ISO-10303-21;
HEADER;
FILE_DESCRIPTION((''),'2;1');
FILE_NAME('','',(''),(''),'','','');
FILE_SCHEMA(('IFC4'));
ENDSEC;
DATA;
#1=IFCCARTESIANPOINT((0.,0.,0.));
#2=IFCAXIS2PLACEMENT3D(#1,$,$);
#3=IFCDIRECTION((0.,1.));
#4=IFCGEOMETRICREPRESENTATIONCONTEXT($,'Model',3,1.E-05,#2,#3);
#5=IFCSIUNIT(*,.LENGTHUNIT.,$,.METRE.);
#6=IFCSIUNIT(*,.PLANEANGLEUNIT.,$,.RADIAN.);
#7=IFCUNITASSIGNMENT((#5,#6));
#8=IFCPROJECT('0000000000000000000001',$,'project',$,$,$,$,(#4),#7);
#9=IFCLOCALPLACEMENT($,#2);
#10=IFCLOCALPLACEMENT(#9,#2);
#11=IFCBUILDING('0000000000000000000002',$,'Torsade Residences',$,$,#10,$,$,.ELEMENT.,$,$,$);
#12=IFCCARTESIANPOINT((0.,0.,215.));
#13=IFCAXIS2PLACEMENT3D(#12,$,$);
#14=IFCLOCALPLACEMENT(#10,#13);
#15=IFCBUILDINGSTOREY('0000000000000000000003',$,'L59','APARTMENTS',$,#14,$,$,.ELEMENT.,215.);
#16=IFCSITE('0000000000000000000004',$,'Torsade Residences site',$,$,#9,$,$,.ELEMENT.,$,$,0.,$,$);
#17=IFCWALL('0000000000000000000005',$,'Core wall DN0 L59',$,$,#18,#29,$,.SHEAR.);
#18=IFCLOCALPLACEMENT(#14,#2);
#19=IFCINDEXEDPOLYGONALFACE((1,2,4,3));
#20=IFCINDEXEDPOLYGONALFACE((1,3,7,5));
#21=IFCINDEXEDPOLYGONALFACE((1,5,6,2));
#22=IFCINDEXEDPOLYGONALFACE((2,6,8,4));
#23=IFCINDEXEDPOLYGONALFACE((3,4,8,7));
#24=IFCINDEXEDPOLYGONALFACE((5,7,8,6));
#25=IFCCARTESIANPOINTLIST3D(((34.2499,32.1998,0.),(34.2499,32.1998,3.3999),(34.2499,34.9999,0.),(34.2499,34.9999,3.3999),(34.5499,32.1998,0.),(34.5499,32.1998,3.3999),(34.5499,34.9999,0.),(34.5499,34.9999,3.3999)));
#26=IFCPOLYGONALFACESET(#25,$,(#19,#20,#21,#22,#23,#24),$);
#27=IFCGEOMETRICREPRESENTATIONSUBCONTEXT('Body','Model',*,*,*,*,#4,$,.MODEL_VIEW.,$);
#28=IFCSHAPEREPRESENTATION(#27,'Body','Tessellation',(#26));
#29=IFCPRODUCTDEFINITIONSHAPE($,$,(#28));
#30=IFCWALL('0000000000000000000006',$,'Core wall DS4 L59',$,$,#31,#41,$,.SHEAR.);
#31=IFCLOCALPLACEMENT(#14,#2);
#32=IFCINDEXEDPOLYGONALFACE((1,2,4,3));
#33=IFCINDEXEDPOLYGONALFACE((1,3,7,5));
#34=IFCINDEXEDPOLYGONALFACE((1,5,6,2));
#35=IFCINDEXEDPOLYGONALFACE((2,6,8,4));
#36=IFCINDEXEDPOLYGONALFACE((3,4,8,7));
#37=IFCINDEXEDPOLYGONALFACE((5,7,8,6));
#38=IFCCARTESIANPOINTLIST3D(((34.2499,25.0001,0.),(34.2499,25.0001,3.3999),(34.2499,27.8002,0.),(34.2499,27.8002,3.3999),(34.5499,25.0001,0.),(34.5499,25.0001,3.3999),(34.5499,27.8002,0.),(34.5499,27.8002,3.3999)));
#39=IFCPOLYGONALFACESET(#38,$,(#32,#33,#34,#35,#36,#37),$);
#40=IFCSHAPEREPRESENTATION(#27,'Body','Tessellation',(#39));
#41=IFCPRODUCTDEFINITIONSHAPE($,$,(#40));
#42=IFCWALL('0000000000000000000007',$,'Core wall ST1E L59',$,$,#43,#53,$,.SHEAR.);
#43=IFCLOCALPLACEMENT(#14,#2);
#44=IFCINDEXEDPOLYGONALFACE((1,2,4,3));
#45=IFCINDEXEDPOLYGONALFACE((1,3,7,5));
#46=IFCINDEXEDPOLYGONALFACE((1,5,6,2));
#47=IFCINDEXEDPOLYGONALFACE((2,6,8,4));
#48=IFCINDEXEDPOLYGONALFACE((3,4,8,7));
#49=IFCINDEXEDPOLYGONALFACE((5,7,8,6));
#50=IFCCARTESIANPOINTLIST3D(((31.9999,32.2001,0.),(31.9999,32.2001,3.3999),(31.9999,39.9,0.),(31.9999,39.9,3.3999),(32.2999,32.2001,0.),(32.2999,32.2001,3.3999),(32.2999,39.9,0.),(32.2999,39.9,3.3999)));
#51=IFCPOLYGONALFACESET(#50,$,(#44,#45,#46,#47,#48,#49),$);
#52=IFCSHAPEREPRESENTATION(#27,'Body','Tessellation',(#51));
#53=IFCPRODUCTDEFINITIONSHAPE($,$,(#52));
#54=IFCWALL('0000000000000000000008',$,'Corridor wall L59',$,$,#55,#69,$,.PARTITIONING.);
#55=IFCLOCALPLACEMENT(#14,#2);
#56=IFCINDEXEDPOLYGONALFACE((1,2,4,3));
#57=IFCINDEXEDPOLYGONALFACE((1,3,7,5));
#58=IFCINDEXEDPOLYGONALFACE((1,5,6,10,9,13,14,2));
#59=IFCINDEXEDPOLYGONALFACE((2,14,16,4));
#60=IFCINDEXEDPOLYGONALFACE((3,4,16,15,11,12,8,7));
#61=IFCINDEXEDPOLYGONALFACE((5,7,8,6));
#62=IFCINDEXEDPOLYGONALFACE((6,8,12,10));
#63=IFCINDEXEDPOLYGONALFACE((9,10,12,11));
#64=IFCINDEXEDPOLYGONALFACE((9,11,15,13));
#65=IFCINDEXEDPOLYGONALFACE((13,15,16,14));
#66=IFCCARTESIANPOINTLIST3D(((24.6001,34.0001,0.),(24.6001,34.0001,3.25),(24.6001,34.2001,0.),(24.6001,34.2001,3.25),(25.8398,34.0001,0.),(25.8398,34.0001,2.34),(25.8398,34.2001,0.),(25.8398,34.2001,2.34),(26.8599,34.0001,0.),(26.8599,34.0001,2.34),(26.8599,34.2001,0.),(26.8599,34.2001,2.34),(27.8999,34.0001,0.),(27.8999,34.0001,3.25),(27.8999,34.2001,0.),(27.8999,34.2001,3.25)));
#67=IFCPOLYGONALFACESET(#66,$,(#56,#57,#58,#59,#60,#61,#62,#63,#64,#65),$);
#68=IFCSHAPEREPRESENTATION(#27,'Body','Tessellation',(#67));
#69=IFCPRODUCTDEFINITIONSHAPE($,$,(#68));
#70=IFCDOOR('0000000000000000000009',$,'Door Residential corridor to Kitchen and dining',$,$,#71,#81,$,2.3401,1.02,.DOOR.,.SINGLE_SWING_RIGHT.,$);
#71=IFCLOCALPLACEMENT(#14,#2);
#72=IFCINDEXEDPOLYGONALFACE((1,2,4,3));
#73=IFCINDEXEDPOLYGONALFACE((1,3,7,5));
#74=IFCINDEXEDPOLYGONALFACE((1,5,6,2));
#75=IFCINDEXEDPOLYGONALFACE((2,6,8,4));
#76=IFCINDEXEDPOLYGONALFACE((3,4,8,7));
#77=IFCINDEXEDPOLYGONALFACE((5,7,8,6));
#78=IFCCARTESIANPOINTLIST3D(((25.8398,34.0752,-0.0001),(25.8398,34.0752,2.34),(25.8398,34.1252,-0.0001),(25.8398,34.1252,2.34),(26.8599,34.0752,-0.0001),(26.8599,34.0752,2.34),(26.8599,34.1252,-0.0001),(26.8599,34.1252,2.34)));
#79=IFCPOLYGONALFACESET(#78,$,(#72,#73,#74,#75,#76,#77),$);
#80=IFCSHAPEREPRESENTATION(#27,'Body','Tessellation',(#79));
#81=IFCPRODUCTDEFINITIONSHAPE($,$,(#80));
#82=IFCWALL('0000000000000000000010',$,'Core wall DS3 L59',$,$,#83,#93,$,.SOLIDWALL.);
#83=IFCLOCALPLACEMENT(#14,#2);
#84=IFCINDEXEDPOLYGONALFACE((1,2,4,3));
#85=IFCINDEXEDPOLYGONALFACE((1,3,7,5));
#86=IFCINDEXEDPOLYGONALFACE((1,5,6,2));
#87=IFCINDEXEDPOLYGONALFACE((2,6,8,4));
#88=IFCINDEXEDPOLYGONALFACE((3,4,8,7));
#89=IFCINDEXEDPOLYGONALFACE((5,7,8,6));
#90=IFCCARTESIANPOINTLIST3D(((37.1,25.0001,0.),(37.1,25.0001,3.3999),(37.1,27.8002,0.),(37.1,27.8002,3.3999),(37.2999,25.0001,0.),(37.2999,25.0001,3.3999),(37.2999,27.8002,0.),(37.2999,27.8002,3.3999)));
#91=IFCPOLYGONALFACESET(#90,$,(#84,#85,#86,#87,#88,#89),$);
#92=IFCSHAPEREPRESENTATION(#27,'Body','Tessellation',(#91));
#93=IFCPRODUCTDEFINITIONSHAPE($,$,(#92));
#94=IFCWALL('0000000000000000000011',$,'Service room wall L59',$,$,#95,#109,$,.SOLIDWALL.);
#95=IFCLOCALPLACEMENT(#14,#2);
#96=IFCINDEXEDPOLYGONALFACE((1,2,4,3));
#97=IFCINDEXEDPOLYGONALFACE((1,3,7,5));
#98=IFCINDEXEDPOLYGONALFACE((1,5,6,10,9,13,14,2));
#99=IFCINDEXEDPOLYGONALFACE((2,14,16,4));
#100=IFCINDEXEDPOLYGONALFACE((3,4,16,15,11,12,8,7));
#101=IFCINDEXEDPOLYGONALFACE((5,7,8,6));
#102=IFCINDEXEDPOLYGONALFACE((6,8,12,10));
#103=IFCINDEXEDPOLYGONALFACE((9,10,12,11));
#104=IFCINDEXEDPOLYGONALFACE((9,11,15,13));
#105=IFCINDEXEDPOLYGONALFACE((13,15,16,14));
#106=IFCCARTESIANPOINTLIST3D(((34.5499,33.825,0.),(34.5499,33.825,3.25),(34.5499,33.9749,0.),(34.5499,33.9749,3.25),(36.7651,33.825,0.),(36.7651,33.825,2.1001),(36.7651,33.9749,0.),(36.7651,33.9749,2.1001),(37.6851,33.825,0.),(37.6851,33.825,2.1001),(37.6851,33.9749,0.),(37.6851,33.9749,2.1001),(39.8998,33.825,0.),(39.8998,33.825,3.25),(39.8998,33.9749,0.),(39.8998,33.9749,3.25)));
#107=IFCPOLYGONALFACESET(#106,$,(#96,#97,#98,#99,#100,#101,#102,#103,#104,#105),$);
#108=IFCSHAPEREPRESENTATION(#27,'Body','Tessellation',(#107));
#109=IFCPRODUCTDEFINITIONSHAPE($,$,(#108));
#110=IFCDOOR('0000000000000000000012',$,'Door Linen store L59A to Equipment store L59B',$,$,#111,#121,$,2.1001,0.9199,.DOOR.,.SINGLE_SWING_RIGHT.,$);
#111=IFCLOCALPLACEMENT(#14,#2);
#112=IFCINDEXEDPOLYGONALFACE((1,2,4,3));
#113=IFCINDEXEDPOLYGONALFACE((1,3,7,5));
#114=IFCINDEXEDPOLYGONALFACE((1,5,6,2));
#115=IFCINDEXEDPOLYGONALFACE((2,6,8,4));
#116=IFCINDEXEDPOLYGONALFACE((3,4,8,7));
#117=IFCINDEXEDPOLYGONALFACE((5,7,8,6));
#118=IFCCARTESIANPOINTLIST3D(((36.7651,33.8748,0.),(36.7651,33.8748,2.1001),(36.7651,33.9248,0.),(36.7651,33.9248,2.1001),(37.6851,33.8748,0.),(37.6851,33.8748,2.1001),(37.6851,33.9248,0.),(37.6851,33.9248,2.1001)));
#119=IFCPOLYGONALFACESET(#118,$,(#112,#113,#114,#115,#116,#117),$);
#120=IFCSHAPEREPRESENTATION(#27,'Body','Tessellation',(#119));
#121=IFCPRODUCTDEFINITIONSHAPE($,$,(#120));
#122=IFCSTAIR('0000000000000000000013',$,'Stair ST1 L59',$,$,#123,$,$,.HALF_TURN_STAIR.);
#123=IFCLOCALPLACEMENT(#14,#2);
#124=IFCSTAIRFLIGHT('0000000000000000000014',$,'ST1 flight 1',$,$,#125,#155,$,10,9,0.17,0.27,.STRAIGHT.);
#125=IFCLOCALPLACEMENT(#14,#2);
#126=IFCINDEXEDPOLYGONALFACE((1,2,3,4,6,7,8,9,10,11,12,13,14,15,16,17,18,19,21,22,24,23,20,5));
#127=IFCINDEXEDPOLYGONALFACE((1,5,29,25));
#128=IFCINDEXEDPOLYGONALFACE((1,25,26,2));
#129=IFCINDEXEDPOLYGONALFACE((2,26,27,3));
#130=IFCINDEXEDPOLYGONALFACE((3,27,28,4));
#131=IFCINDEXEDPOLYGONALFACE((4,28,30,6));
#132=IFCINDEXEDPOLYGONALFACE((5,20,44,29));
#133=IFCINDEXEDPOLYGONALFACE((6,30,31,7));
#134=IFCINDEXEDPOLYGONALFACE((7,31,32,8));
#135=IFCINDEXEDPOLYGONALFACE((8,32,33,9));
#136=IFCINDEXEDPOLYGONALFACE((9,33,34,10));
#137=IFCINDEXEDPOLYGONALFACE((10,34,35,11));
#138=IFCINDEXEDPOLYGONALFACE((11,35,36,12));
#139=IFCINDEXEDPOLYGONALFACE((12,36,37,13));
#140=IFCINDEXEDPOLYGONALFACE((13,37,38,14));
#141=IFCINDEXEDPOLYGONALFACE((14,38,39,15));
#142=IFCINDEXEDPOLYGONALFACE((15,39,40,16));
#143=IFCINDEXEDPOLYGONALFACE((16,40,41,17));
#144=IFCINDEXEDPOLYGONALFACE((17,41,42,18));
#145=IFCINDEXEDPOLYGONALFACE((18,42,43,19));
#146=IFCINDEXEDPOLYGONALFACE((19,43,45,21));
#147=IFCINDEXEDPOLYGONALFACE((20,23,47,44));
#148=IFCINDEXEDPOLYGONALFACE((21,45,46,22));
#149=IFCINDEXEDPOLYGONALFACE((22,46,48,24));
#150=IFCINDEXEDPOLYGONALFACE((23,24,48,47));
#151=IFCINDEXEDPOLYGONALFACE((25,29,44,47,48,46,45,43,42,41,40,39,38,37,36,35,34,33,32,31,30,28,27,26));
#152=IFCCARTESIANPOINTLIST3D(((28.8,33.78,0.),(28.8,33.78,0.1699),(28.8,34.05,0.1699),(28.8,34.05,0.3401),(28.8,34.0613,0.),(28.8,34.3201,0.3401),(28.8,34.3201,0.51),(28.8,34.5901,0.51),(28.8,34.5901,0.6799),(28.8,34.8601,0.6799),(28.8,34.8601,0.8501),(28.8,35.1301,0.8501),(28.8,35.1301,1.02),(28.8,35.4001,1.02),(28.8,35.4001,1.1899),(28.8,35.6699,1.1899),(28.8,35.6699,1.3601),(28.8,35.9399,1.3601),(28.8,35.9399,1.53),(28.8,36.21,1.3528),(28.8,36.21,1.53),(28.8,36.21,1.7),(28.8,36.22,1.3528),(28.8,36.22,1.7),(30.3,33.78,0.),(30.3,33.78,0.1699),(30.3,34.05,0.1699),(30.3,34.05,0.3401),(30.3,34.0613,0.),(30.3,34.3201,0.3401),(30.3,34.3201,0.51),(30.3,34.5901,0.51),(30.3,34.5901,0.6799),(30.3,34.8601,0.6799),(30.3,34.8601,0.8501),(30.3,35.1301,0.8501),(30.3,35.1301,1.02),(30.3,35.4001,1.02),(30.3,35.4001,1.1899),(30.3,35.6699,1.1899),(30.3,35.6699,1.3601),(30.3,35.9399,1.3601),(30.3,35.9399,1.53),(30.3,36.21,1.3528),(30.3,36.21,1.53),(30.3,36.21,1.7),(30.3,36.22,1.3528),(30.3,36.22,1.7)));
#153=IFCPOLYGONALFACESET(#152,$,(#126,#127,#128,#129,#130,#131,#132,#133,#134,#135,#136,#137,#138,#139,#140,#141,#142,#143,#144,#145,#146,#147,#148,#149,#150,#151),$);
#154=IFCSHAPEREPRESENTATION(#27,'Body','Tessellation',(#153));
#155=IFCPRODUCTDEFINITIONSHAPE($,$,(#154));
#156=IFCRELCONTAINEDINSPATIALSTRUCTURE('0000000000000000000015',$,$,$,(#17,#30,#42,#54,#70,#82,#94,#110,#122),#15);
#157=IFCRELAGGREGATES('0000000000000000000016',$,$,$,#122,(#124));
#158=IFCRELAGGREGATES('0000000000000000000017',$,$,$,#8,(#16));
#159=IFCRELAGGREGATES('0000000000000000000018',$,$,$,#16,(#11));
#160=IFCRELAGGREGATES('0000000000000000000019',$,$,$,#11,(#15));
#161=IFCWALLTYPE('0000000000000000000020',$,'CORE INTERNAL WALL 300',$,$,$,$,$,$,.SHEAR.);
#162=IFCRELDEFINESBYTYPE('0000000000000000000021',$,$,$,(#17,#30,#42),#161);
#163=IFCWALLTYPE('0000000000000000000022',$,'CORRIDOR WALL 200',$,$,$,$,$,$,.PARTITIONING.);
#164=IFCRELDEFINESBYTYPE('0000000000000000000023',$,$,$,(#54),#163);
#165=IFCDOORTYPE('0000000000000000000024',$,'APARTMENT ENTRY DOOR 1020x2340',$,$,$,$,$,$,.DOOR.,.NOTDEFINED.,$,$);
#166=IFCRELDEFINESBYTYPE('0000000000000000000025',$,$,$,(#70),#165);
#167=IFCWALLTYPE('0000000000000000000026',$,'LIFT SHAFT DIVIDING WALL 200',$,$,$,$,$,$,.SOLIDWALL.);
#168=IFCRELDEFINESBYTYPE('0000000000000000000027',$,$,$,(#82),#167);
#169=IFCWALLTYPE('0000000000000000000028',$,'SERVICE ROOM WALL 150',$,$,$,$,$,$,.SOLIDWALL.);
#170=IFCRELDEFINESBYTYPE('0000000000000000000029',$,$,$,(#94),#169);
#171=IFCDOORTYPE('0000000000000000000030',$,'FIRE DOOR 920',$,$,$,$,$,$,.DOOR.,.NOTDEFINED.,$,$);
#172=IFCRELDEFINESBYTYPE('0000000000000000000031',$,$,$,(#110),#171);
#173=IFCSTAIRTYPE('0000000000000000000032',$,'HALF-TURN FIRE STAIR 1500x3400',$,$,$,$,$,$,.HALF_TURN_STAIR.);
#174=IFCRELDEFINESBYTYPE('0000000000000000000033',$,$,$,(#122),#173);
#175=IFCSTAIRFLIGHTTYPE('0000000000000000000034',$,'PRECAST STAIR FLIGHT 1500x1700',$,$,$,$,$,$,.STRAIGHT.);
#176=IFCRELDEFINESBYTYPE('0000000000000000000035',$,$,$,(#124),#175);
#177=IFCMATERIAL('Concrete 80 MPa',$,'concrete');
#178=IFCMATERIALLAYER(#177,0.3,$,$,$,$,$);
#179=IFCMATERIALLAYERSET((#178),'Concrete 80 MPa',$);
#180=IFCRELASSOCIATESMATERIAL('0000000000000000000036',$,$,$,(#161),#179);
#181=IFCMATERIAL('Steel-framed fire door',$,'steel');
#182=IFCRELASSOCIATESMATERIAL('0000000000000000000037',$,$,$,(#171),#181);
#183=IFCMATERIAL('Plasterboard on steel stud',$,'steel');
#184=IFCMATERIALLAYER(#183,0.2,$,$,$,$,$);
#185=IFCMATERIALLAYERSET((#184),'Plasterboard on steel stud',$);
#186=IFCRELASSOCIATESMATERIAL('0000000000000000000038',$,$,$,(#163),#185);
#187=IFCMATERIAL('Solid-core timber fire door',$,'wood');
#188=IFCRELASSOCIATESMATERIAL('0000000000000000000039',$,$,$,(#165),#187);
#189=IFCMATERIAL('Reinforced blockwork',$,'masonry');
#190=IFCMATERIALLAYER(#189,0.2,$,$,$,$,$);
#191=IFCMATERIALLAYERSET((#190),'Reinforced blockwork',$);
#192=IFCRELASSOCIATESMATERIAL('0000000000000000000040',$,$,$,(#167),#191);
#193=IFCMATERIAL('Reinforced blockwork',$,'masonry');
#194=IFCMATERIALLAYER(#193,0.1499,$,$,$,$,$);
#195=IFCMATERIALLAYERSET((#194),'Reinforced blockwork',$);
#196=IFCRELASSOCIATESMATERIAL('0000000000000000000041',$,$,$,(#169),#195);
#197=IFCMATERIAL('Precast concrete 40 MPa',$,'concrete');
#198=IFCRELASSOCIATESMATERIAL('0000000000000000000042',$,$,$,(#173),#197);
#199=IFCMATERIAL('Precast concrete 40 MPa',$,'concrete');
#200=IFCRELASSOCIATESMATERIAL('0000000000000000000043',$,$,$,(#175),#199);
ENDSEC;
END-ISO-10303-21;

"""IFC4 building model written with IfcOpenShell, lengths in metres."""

from ifc_helpers import new_model, si_unit, direction, frame, frame_2d, origin, place, context, subcontext, project, spatial, polyline, rectangle, outline, extrude, material, layer, layer_set, type_object, element, fill, aggregate, save


model = new_model("IFC4")

# Units and contexts
model_context = context("Model", 3, precision=1e-05, world=origin(), true_north=direction((0.0, 1.0)))
body_context = subcontext(model_context, "Body", "Model", "MODEL_VIEW")
ifc_project = project(units=[si_unit("LENGTHUNIT", "METRE"), si_unit("PLANEANGLEUNIT", "RADIAN")], contexts=[model_context])

# Site, building, storey
site_placement = place(None, origin())
site = spatial("IfcSite", under=ifc_project, at=site_placement, Name="Torsade Residences site", CompositionType="ELEMENT", RefElevation=0.0)
building_placement = place(site_placement, origin())
building = spatial("IfcBuilding", under=site, at=building_placement, Name="Torsade Residences", CompositionType="ELEMENT")
storey_placement = place(building_placement, frame((0.0, 0.0, 215.0)))
storey = spatial("IfcBuildingStorey", under=building, at=storey_placement, Name="L59", Description="APARTMENTS", CompositionType="ELEMENT", Elevation=215.0)

# Shared definitions
ifc_material_1 = material(Name="Concrete 80 MPa", Category="concrete")
ifc_layer_1 = layer(ifc_material_1, 0.3)
ifc_layer_set_1 = layer_set([ifc_layer_1], Name="Concrete 80 MPa")
wall_type_1 = type_object("IfcWallType", Name="CORE INTERNAL WALL 300", PredefinedType="SHEAR", material=ifc_layer_set_1)
ifc_material_2 = material(Name="Steel-framed fire door", Category="steel")
door_type_1 = type_object("IfcDoorType", Name="FIRE DOOR 920", OperationType="NOTDEFINED", PredefinedType="DOOR", material=ifc_material_2)

# Walls
for number, where, z_axis, x_axis, name in (
    (1, (34.3999, 32.2, 0.0), (0.0, 0.0, 1.0), (0.0, 1.0, 0.0), "Core wall DN0 L59"),
    (2, (34.3999, 27.8, 0.0), (0.0, 0.0, 1.0), (0.0, -1.0, 0.0), "Core wall DS4 L59"),
):
    element("IfcWall", number, at=place(storey_placement, frame(where, z_axis=z_axis, x_axis=x_axis)), inside=storey, type_object=wall_type_1, Name=name, PredefinedType="SHEAR", context=body_context, shape_type="SweptSolid", body=[
        extrude(rectangle(XDim=2.8, YDim=0.3, at=frame_2d((1.3999, 0.0))), origin(), (0.0, 0.0, 1.0), 3.3999),
    ])
wall_1_placement = place(storey_placement, frame((32.1499, 32.2, 0.0), z_axis=(0.0, 0.0, 1.0), x_axis=(0.0, 1.0, 0.0)))
element("IfcWall", 3, at=wall_1_placement, inside=storey, type_object=wall_type_1, Name="Core wall ST1E L59", PredefinedType="SHEAR", context=body_context, shape_type="SweptSolid", body=[
    extrude(rectangle(XDim=7.7, YDim=0.3, at=frame_2d((3.8501, 0.0))), origin(), (0.0, 0.0, 1.0), 3.3999),
])

# Wall, opening, door
ifc_material_3 = material(Name="Plasterboard on steel stud", Category="steel")
ifc_layer_2 = layer(ifc_material_3, 0.2)
ifc_layer_set_2 = layer_set([ifc_layer_2], Name="Plasterboard on steel stud")
wall_type_2 = type_object("IfcWallType", Name="CORRIDOR WALL 200", PredefinedType="PARTITIONING", material=ifc_layer_set_2)
wall_2_placement = place(storey_placement, frame((27.8999, 34.1001, 0.0), z_axis=(0.0, 0.0, 1.0), x_axis=(-1.0, 0.0, 0.0)))
wall_2 = element("IfcWall", 4, at=wall_2_placement, inside=storey, type_object=wall_type_2, Name="Corridor wall L59", PredefinedType="PARTITIONING", context=body_context, shape_type="SweptSolid", body=[
    extrude(rectangle(XDim=3.2998, YDim=0.2, at=frame_2d((1.6499, 0.0))), origin(), (0.0, 0.0, 1.0), 3.25),
])
opening_1_placement = place(wall_2_placement, frame((1.04, 0.0, 0.0)))
opening_1 = element("IfcOpeningElement", 5, at=opening_1_placement, cuts=wall_2, PredefinedType="OPENING", context=body_context, shape_type="SweptSolid", body=[
    extrude(rectangle(XDim=1.02, YDim=2.3401, at=frame_2d((0.51, 1.1699))), frame((0.0, 0.1099, 0.0), z_axis=(0.0, -1.0, 0.0), x_axis=(1.0, 0.0, 0.0)), (0.0, 0.0, 1.0), 0.22),
])
ifc_material_4 = material(Name="Solid-core timber fire door", Category="wood")
door_type_2 = type_object("IfcDoorType", Name="APARTMENT ENTRY DOOR 1020x2340", OperationType="NOTDEFINED", PredefinedType="DOOR", material=ifc_material_4)
door_1_placement = place(opening_1_placement, origin())
door_1 = element("IfcDoor", 6, at=door_1_placement, inside=storey, type_object=door_type_2, Name="Door Residential corridor to Kitchen and dining", OperationType="SINGLE_SWING_RIGHT", OverallHeight=2.3401, OverallWidth=1.02, PredefinedType="DOOR", context=body_context, shape_type="SweptSolid", body=[
    extrude(rectangle(XDim=1.02, YDim=2.3401, at=frame_2d((0.51, 1.1699))), frame((0.0, 0.0249, 0.0), z_axis=(0.0, -1.0, 0.0), x_axis=(1.0, 0.0, 0.0)), (0.0, 0.0, 1.0), 0.05),
])
fill(opening_1, door_1)

# Wall
ifc_material_5 = material(Name="Reinforced blockwork", Category="masonry")
ifc_layer_3 = layer(ifc_material_5, 0.2)
ifc_layer_set_3 = layer_set([ifc_layer_3], Name="Reinforced blockwork")
wall_type_3 = type_object("IfcWallType", Name="LIFT SHAFT DIVIDING WALL 200", PredefinedType="SOLIDWALL", material=ifc_layer_set_3)
wall_3_placement = place(storey_placement, frame((37.2, 27.8, 0.0), z_axis=(0.0, 0.0, 1.0), x_axis=(0.0, -1.0, 0.0)))
element("IfcWall", 7, at=wall_3_placement, inside=storey, type_object=wall_type_3, Name="Core wall DS3 L59", PredefinedType="SOLIDWALL", context=body_context, shape_type="SweptSolid", body=[
    extrude(rectangle(XDim=2.8, YDim=0.2, at=frame_2d((1.3999, 0.0))), origin(), (0.0, 0.0, 1.0), 3.3999),
])

# Wall, opening, door
ifc_material_6 = material(Name="Reinforced blockwork", Category="masonry")
ifc_layer_4 = layer(ifc_material_6, 0.1499)
ifc_layer_set_4 = layer_set([ifc_layer_4], Name="Reinforced blockwork")
wall_type_4 = type_object("IfcWallType", Name="SERVICE ROOM WALL 150", PredefinedType="SOLIDWALL", material=ifc_layer_set_4)
wall_4_placement = place(storey_placement, frame((34.55, 33.8999, 0.0), z_axis=(0.0, 0.0, 1.0), x_axis=(1.0, 0.0, 0.0)))
wall_4 = element("IfcWall", 8, at=wall_4_placement, inside=storey, type_object=wall_type_4, Name="Service room wall L59", PredefinedType="SOLIDWALL", context=body_context, shape_type="SweptSolid", body=[
    extrude(rectangle(XDim=5.3499, YDim=0.1499, at=frame_2d((2.6748, 0.0))), origin(), (0.0, 0.0, 1.0), 3.25),
])
opening_2_placement = place(wall_4_placement, frame((2.2151, 0.0, 0.0)))
opening_2 = element("IfcOpeningElement", 9, at=opening_2_placement, cuts=wall_4, PredefinedType="OPENING", context=body_context, shape_type="SweptSolid", body=[
    extrude(rectangle(XDim=0.9199, YDim=2.1001, at=frame_2d((0.46, 1.05))), frame((0.0, 0.085, 0.0), z_axis=(0.0, -1.0, 0.0), x_axis=(1.0, 0.0, 0.0)), (0.0, 0.0, 1.0), 0.1699),
])
door_2_placement = place(opening_2_placement, origin())
door_2 = element("IfcDoor", 10, at=door_2_placement, inside=storey, type_object=door_type_1, Name="Door Linen store L59A to Equipment store L59B", OperationType="SINGLE_SWING_RIGHT", OverallHeight=2.1001, OverallWidth=0.9199, PredefinedType="DOOR", context=body_context, shape_type="SweptSolid", body=[
    extrude(rectangle(XDim=0.9199, YDim=2.1001, at=frame_2d((0.46, 1.05))), frame((0.0, 0.0249, 0.0), z_axis=(0.0, -1.0, 0.0), x_axis=(1.0, 0.0, 0.0)), (0.0, 0.0, 1.0), 0.05),
])
fill(opening_2, door_2)

# Stair, stair flight
ifc_material_7 = material(Name="Precast concrete 40 MPa", Category="concrete")
stair_type = type_object("IfcStairType", Name="HALF-TURN FIRE STAIR 1500x3400", PredefinedType="HALF_TURN_STAIR", material=ifc_material_7)
stair_placement = place(storey_placement, origin())
stair = element("IfcStair", 11, at=stair_placement, inside=storey, type_object=stair_type, Name="Stair ST1 L59", PredefinedType="HALF_TURN_STAIR")
ifc_material_8 = material(Name="Precast concrete 40 MPa", Category="concrete")
stair_flight_type = type_object("IfcStairFlightType", Name="PRECAST STAIR FLIGHT 1500x1700", PredefinedType="STRAIGHT", material=ifc_material_8)
stair_flight_placement = place(storey_placement, frame((29.55, 33.78, 0.0), z_axis=(0.0, 0.0, 1.0), x_axis=(0.0, 1.0, 0.0)))
stair_flight = element("IfcStairFlight", 12, at=stair_flight_placement, type_object=stair_flight_type, Name="ST1 flight 1", NumberOfRisers=10, NumberOfTreads=9, PredefinedType="STRAIGHT", RiserHeight=0.17, TreadLength=0.27, context=body_context, shape_type="SweptSolid", body=[
    extrude(outline(polyline([(0.0, 0.0), (0.0, 0.1699), (0.27, 0.1699), (0.27, 0.3401), (0.54, 0.3401), (0.54, 0.51), (0.8101, 0.51), (0.8101, 0.6799), (1.0801, 0.6799), (1.0801, 0.8501), (1.3501, 0.8501), (1.3501, 1.02), (1.6201, 1.02), (1.6201, 1.1899), (1.8899, 1.1899), (1.8899, 1.3601), (2.1599, 1.3601), (2.1599, 1.53), (2.4299, 1.53), (2.4299, 1.7), (2.4399, 1.7), (2.4399, 1.3528), (2.4299, 1.3528), (0.2812, 0.0), (0.0, 0.0)])), frame((0.0, 0.75, 0.0), z_axis=(0.0, -1.0, 0.0), x_axis=(1.0, 0.0, 0.0)), (0.0, 0.0, 1.0), 1.5),
])
aggregate(stair, [stair_flight])

save(model, "model.ifc")
